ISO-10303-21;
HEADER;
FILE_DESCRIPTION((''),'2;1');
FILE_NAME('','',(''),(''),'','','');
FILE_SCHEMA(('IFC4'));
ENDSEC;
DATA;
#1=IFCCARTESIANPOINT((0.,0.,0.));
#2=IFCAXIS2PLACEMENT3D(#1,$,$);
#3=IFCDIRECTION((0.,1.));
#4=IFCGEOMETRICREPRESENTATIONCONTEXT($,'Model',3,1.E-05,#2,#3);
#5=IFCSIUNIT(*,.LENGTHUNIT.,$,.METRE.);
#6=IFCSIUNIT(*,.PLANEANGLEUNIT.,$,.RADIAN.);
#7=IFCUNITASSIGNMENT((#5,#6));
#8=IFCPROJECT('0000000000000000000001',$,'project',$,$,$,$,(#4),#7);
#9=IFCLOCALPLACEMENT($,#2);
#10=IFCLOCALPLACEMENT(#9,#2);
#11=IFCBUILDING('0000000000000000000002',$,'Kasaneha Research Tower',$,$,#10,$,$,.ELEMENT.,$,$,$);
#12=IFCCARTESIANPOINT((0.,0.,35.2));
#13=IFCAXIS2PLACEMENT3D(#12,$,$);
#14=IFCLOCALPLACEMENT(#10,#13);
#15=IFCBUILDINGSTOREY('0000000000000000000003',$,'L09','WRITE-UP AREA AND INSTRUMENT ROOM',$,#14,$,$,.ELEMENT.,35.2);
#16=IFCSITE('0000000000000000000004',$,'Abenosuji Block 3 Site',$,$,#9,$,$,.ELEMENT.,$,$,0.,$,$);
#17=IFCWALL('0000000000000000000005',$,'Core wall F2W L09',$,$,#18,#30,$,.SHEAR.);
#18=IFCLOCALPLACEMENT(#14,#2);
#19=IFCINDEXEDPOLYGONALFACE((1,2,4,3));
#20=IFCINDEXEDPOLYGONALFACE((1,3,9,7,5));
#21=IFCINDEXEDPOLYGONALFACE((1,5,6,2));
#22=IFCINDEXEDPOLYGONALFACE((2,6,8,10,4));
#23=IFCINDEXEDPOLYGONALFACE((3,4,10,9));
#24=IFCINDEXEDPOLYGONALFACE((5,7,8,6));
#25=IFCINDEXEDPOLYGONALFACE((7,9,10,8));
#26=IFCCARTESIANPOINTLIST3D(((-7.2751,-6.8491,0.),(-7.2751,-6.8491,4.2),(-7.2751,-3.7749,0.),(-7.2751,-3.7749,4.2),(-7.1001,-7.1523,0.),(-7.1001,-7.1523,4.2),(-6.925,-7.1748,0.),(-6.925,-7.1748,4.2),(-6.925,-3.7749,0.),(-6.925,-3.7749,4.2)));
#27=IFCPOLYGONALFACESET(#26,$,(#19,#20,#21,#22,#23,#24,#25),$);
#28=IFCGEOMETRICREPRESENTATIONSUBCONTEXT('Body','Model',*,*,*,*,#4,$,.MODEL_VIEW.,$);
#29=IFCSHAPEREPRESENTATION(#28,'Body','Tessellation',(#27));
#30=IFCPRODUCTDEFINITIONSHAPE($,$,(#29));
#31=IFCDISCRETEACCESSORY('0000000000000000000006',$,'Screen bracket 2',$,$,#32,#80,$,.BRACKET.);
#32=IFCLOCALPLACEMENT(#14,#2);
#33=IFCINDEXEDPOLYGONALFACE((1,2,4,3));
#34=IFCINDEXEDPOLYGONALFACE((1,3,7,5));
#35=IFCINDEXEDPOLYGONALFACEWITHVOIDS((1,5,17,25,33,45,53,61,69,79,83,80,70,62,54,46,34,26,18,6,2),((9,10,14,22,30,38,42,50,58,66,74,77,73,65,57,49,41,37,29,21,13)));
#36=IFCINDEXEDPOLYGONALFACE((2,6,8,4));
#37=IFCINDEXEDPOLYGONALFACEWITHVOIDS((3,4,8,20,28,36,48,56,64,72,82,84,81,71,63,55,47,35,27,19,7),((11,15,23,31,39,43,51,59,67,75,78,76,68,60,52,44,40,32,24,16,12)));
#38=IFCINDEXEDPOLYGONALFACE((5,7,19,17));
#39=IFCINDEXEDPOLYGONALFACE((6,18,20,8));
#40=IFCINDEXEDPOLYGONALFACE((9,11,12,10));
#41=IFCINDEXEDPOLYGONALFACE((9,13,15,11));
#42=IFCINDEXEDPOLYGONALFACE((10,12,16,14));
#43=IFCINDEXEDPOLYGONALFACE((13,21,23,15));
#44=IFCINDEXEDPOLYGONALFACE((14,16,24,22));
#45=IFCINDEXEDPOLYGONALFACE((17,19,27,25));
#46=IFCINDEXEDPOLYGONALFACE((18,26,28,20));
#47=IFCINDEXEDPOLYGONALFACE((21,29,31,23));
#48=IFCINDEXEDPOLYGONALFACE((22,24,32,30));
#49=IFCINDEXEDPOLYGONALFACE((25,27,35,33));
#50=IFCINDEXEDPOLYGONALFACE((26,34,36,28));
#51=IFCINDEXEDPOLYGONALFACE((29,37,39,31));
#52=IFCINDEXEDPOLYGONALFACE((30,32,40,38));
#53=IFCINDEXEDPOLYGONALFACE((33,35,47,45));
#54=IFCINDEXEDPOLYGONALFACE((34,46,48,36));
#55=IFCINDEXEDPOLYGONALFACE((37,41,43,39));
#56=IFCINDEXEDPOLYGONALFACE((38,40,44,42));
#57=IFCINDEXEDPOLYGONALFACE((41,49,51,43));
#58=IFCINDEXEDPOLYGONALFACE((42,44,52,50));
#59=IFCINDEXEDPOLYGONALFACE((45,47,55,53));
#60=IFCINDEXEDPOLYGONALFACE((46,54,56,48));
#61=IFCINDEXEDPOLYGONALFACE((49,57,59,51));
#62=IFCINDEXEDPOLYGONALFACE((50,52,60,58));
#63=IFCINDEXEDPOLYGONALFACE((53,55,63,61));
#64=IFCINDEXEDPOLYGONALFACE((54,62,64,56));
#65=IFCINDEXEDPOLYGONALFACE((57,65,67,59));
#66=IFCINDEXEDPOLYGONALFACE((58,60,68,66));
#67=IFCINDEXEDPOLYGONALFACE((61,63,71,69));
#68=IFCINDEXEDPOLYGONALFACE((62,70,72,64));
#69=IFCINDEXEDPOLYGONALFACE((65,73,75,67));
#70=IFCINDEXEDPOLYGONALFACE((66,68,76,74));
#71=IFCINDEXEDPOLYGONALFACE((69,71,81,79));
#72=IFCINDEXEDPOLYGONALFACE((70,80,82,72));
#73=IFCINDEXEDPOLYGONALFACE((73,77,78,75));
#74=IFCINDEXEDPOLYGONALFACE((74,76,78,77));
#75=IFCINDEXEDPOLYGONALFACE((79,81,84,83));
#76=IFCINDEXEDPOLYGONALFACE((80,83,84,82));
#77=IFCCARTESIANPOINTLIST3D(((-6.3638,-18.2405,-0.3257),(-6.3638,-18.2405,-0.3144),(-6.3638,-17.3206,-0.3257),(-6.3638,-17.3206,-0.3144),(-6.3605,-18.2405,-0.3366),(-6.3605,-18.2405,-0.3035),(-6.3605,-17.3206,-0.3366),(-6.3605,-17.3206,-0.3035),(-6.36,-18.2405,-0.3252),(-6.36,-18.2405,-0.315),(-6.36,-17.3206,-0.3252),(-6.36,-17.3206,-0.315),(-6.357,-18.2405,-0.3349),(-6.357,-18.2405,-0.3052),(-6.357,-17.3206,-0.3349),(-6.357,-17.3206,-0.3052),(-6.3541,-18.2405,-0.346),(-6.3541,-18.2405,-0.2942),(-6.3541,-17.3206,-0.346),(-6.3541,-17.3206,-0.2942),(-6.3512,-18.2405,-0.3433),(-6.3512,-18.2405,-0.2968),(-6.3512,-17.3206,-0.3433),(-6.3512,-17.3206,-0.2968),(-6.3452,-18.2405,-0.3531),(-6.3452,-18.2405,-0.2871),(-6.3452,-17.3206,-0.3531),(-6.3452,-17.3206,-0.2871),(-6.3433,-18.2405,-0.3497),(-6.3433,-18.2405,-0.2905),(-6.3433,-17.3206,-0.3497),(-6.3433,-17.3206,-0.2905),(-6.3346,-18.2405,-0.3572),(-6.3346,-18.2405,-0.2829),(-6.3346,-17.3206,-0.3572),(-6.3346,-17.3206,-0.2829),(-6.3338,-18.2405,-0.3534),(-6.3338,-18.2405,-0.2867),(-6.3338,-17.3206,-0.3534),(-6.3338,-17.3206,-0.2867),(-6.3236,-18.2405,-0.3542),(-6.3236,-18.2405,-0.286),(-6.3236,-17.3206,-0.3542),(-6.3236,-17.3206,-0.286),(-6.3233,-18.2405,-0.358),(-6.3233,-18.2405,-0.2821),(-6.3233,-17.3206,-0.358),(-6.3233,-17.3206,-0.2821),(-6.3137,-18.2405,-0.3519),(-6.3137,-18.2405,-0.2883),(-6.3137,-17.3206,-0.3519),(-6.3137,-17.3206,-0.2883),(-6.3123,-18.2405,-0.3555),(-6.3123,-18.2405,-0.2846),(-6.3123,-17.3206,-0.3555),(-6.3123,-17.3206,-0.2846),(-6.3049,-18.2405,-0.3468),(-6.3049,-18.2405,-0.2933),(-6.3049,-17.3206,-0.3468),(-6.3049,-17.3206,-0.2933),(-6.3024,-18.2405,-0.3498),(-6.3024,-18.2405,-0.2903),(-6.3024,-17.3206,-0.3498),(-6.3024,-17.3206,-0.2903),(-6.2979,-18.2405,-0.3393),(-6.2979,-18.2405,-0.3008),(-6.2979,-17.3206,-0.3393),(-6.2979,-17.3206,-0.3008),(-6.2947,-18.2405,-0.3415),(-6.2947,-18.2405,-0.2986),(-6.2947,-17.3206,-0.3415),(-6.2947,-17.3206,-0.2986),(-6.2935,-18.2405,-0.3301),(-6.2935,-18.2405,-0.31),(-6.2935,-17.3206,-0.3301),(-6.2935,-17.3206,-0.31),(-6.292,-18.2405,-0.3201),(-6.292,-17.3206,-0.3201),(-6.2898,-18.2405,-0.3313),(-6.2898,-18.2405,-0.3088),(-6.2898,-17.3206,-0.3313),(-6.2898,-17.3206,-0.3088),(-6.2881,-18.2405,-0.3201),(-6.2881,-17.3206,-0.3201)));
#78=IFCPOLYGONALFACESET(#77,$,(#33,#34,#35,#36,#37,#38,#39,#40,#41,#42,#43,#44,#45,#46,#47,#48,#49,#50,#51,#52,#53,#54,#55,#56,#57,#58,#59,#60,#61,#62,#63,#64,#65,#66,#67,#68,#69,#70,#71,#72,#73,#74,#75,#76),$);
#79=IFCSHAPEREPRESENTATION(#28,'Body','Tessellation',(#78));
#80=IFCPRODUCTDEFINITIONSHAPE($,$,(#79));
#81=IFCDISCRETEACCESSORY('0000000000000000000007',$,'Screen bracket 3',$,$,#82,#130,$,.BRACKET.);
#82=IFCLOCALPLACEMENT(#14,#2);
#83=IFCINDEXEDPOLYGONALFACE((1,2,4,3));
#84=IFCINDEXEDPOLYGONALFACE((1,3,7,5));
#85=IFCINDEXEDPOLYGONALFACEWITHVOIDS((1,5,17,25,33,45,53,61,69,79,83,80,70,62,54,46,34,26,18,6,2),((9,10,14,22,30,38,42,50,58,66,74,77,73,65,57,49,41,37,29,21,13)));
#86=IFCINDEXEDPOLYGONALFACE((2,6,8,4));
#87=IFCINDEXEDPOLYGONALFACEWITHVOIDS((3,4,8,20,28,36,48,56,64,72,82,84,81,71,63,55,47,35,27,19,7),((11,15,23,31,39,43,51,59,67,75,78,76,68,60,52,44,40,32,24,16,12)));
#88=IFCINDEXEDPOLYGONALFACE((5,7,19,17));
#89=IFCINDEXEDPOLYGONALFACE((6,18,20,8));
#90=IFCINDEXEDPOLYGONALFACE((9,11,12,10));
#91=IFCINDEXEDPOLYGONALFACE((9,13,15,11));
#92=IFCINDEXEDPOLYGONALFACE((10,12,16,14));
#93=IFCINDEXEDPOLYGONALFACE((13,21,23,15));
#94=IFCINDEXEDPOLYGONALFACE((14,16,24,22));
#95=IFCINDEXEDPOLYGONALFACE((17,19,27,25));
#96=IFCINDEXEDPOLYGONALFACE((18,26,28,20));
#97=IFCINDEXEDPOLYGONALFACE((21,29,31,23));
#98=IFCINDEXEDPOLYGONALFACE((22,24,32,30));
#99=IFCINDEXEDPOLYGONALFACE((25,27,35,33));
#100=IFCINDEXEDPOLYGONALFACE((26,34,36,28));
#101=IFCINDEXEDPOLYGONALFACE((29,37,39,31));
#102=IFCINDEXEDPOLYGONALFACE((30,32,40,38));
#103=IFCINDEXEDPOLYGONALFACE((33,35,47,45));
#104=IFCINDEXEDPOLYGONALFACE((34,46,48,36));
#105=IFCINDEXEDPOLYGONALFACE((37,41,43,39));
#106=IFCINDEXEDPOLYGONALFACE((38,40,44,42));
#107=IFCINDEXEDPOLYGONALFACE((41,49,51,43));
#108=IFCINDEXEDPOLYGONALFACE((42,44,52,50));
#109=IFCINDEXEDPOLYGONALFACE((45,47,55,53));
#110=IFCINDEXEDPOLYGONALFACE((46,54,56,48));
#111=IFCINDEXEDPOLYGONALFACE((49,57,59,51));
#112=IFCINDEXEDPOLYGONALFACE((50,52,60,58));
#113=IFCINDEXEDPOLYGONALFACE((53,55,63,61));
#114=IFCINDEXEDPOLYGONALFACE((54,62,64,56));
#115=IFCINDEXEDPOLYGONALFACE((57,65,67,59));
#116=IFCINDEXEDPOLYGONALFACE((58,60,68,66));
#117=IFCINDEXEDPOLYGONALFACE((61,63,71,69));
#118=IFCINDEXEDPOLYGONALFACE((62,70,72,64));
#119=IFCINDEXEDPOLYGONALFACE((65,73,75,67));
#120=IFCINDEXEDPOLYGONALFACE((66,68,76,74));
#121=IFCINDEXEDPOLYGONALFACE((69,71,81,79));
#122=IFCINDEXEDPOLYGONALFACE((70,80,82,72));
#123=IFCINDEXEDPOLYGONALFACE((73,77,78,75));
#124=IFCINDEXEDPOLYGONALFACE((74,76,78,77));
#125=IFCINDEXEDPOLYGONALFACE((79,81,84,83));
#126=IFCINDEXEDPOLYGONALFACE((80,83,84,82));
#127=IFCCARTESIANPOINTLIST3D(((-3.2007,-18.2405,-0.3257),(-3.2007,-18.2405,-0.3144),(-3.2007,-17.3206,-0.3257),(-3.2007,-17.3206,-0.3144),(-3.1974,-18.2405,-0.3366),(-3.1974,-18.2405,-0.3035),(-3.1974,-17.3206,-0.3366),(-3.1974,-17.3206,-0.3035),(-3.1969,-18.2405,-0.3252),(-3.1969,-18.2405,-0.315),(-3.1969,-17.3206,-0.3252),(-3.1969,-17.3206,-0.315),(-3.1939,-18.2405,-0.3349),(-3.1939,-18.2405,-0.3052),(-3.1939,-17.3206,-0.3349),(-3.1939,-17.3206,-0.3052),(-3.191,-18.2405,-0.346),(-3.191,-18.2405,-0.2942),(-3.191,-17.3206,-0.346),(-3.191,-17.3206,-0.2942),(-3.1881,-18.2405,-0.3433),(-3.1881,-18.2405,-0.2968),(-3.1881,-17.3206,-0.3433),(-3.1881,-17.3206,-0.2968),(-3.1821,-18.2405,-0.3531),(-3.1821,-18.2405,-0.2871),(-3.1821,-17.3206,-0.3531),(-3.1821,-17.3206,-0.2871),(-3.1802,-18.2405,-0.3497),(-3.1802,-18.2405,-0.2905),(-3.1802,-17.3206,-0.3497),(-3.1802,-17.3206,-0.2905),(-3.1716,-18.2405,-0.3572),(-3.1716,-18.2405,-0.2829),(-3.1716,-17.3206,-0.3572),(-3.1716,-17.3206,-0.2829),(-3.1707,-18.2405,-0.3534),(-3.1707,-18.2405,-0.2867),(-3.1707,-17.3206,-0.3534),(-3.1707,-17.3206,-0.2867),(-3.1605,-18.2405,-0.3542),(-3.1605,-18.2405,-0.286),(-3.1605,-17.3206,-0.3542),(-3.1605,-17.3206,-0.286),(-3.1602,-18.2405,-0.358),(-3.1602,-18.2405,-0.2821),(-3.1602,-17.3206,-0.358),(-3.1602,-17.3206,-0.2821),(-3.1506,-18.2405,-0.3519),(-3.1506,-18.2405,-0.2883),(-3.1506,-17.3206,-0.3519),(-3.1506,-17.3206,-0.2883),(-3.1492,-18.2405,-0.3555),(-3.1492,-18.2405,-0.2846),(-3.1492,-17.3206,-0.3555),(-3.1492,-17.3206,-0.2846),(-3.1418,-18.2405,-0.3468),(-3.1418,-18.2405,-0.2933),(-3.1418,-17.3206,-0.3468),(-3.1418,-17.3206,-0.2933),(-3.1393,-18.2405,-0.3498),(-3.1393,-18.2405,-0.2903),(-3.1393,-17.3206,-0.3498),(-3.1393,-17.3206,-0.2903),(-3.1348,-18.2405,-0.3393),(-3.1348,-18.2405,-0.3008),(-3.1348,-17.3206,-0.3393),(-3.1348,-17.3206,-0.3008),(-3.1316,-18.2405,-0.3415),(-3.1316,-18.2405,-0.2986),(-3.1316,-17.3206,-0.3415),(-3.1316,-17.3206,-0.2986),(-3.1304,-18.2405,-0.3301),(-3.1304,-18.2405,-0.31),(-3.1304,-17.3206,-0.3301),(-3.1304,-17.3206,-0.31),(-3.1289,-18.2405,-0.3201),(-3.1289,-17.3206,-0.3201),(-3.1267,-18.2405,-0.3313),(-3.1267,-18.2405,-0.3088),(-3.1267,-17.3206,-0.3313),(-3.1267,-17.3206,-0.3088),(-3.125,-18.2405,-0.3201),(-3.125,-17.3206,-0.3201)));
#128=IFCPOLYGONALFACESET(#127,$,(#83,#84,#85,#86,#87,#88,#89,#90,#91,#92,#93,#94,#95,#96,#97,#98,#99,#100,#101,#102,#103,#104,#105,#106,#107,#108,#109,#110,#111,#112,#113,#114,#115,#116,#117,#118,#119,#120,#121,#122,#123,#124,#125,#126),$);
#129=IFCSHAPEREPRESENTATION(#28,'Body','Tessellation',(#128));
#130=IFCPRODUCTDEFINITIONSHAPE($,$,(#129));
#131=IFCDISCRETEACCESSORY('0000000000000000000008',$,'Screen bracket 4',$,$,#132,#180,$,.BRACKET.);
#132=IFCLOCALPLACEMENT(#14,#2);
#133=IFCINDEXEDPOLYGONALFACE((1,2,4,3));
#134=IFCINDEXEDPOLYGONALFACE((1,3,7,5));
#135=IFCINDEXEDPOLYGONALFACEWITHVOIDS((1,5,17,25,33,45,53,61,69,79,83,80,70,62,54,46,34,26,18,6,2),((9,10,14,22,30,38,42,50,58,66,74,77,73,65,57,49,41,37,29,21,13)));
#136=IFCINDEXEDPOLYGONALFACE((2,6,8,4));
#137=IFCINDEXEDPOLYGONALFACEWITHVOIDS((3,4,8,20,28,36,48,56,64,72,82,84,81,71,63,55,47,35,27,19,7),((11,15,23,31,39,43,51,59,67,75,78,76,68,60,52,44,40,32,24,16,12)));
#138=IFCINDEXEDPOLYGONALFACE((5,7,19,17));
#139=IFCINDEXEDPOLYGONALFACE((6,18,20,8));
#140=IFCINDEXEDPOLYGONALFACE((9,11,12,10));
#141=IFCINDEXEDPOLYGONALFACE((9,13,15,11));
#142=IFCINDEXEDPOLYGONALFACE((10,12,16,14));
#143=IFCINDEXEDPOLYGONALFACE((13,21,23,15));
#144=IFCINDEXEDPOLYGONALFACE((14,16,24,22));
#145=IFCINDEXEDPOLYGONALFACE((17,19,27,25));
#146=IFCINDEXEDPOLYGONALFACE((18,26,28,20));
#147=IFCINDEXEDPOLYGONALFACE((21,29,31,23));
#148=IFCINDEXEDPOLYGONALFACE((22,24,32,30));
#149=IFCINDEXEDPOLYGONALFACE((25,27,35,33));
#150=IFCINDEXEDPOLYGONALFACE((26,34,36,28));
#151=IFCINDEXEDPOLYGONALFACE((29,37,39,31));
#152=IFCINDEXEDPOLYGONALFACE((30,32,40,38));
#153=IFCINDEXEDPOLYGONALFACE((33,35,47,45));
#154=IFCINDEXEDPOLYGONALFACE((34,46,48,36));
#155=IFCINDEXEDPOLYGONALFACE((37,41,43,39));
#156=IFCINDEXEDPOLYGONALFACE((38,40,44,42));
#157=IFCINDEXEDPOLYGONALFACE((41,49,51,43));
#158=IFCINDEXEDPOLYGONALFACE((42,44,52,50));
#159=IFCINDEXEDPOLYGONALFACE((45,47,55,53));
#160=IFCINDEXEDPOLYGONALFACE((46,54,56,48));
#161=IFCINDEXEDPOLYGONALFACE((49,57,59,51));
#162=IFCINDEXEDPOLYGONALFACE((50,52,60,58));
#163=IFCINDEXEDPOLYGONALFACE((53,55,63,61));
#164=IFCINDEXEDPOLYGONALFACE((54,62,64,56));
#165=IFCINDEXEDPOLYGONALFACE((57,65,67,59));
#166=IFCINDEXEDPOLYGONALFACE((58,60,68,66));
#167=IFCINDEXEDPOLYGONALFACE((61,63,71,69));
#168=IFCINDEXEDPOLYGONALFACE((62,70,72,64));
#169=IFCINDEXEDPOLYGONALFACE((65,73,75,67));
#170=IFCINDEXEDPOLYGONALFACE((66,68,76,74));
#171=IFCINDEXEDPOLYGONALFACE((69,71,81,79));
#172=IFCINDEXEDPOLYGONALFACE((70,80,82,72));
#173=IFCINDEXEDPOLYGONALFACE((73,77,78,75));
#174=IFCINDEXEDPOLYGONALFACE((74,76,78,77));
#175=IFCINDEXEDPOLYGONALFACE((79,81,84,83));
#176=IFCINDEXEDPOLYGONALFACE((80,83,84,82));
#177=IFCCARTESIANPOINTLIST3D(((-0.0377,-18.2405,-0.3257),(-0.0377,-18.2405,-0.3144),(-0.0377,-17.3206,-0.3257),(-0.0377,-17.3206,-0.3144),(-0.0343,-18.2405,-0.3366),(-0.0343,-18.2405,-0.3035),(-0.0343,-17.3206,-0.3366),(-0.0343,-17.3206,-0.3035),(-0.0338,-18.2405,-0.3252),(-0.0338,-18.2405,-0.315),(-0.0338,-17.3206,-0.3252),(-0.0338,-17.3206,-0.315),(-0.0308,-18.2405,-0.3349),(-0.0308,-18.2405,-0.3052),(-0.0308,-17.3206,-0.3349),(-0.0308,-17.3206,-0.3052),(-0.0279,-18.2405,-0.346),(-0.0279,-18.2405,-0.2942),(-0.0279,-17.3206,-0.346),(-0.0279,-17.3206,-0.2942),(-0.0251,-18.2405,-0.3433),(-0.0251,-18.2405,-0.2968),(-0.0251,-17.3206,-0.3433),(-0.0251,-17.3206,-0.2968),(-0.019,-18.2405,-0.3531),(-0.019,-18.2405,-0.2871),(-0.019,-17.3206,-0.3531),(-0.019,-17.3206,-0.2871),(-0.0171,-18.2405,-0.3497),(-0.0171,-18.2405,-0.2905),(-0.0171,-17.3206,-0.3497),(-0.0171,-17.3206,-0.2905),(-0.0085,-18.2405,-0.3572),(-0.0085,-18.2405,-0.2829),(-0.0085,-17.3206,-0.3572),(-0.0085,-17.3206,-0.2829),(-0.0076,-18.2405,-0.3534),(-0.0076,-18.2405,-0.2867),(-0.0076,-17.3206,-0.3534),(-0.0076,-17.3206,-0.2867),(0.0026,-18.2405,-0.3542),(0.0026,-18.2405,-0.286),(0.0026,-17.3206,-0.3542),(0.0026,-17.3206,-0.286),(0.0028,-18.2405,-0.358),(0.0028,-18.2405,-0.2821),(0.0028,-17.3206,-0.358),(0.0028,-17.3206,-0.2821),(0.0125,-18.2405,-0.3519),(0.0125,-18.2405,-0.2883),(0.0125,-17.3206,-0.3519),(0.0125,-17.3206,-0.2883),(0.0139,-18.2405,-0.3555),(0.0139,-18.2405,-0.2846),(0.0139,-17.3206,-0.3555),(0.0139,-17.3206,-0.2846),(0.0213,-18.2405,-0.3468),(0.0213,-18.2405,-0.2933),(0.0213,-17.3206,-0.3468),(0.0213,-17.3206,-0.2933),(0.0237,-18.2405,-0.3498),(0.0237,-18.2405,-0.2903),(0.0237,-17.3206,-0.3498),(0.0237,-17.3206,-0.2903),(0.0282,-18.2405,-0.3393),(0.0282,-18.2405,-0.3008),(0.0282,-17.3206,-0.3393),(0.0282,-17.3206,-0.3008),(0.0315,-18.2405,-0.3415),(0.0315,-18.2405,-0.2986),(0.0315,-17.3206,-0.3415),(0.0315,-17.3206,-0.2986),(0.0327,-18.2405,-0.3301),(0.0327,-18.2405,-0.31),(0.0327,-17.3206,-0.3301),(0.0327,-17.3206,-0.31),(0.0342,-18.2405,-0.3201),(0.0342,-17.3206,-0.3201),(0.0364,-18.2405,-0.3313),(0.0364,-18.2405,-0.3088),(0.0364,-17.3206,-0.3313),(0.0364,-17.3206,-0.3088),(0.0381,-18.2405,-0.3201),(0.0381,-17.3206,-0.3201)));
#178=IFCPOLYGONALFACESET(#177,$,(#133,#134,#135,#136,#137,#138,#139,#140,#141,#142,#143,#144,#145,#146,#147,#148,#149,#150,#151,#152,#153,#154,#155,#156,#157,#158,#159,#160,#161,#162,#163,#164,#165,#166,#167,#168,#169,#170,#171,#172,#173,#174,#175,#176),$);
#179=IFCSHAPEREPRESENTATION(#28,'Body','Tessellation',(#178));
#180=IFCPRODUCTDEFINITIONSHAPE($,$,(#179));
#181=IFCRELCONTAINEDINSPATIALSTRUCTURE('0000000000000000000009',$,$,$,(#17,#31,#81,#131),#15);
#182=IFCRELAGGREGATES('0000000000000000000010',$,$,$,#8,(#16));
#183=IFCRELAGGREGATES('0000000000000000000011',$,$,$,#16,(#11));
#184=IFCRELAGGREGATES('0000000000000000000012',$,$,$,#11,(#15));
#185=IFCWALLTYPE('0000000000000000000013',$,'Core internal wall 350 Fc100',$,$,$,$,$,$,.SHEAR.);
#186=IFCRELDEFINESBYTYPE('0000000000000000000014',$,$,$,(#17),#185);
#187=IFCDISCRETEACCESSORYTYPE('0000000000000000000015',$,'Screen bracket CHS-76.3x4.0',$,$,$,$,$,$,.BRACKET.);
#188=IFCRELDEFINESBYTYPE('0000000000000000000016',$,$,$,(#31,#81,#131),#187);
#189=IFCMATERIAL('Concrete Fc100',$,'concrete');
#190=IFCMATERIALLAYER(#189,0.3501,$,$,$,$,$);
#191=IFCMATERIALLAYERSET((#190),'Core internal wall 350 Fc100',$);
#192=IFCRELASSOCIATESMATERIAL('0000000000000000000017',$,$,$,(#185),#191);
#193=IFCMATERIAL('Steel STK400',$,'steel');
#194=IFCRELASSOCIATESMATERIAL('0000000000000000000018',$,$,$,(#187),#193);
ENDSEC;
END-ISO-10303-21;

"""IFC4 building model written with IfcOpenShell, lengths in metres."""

from ifc_helpers import new_model, si_unit, direction, frame, origin, origin_2d, place, context, subcontext, project, spatial, polyline, hollow_circle, outline, extrude, material, layer, layer_set, material_profile, profile_set, type_object, element, save


model = new_model("IFC4")

# Units and contexts
model_context = context("Model", 3, precision=1e-05, world=origin(), true_north=direction((0.0, 1.0)))
body_context = subcontext(model_context, "Body", "Model", "MODEL_VIEW")
ifc_project = project(units=[si_unit("LENGTHUNIT", "METRE"), si_unit("PLANEANGLEUNIT", "RADIAN")], contexts=[model_context])

# Site, building, storey
site_placement = place(None, origin())
site = spatial("IfcSite", under=ifc_project, at=site_placement, Name="Abenosuji Block 3 Site", CompositionType="ELEMENT", RefElevation=0.0)
building_placement = place(site_placement, origin())
building = spatial("IfcBuilding", under=site, at=building_placement, Name="Kasaneha Research Tower", CompositionType="ELEMENT")
storey_placement = place(building_placement, frame((0.0, 0.0, 35.2)))
storey = spatial("IfcBuildingStorey", under=building, at=storey_placement, Name="L09", Description="WRITE-UP AREA AND INSTRUMENT ROOM", CompositionType="ELEMENT", Elevation=35.2)

# Shared definitions
ifc_material_1 = material(Name="Concrete Fc100", Category="concrete")
ifc_layer_1 = layer(ifc_material_1, 0.3501)
ifc_layer_set_1 = layer_set([ifc_layer_1], Name="Core internal wall 350 Fc100")
wall_type_1 = type_object("IfcWallType", Name="Core internal wall 350 Fc100", PredefinedType="SHEAR", material=ifc_layer_set_1)

# Wall
wall_1_placement = place(storey_placement, frame((-7.1001, -3.7749, 0.0), z_axis=(0.0, 0.0, 1.0), x_axis=(0.0, -1.0, 0.0)))
element("IfcWall", 1, at=wall_1_placement, inside=storey, type_object=wall_type_1, Name="Core wall F2W L09", PredefinedType="SHEAR", context=body_context, shape_type="SweptSolid", body=[
    extrude(outline(polyline([(0.0, -0.175), (3.0742, -0.175), (3.3774, 0.0), (3.3999, 0.175), (0.0, 0.175), (0.0, -0.175)])), origin(), (0.0, 0.0, 1.0), 4.2),
])

# Discrete accessories
ifc_material_2 = material(Name="Steel STK400", Category="steel")
ifc_material_profile_1 = material_profile(ifc_material_2, hollow_circle(Radius=0.0381, WallThickness=0.0039, at=origin_2d()), Name="CHS-76.3x4.0")
ifc_profile_set_1 = profile_set([ifc_material_profile_1], Name="Steel STK400")
discrete_accessory_type = type_object("IfcDiscreteAccessoryType", Name="Screen bracket CHS-76.3x4.0", PredefinedType="BRACKET", material=ifc_profile_set_1)
for number, where, z_axis, x_axis, name in (
    (2, (-6.3262, -17.3206, -0.3201), (0.0, -1.0, 0.0), (1.0, 0.0, 0.0), "Screen bracket 2"),
    (3, (-3.1631, -17.3206, -0.3201), (0.0, -1.0, 0.0), (1.0, 0.0, 0.0), "Screen bracket 3"),
    (4, (0.0, -17.3206, -0.3201), (0.0, -1.0, 0.0), (1.0, 0.0, 0.0), "Screen bracket 4"),
):
    element("IfcDiscreteAccessory", number, at=place(storey_placement, frame(where, z_axis=z_axis, x_axis=x_axis)), inside=storey, type_object=discrete_accessory_type, Name=name, PredefinedType="BRACKET", context=body_context, shape_type="SweptSolid", body=[
        extrude(hollow_circle(Radius=0.0381, WallThickness=0.0039, at=origin_2d()), origin(), (0.0, 0.0, 1.0), 0.9199),
    ])

save(model, "model.ifc")
